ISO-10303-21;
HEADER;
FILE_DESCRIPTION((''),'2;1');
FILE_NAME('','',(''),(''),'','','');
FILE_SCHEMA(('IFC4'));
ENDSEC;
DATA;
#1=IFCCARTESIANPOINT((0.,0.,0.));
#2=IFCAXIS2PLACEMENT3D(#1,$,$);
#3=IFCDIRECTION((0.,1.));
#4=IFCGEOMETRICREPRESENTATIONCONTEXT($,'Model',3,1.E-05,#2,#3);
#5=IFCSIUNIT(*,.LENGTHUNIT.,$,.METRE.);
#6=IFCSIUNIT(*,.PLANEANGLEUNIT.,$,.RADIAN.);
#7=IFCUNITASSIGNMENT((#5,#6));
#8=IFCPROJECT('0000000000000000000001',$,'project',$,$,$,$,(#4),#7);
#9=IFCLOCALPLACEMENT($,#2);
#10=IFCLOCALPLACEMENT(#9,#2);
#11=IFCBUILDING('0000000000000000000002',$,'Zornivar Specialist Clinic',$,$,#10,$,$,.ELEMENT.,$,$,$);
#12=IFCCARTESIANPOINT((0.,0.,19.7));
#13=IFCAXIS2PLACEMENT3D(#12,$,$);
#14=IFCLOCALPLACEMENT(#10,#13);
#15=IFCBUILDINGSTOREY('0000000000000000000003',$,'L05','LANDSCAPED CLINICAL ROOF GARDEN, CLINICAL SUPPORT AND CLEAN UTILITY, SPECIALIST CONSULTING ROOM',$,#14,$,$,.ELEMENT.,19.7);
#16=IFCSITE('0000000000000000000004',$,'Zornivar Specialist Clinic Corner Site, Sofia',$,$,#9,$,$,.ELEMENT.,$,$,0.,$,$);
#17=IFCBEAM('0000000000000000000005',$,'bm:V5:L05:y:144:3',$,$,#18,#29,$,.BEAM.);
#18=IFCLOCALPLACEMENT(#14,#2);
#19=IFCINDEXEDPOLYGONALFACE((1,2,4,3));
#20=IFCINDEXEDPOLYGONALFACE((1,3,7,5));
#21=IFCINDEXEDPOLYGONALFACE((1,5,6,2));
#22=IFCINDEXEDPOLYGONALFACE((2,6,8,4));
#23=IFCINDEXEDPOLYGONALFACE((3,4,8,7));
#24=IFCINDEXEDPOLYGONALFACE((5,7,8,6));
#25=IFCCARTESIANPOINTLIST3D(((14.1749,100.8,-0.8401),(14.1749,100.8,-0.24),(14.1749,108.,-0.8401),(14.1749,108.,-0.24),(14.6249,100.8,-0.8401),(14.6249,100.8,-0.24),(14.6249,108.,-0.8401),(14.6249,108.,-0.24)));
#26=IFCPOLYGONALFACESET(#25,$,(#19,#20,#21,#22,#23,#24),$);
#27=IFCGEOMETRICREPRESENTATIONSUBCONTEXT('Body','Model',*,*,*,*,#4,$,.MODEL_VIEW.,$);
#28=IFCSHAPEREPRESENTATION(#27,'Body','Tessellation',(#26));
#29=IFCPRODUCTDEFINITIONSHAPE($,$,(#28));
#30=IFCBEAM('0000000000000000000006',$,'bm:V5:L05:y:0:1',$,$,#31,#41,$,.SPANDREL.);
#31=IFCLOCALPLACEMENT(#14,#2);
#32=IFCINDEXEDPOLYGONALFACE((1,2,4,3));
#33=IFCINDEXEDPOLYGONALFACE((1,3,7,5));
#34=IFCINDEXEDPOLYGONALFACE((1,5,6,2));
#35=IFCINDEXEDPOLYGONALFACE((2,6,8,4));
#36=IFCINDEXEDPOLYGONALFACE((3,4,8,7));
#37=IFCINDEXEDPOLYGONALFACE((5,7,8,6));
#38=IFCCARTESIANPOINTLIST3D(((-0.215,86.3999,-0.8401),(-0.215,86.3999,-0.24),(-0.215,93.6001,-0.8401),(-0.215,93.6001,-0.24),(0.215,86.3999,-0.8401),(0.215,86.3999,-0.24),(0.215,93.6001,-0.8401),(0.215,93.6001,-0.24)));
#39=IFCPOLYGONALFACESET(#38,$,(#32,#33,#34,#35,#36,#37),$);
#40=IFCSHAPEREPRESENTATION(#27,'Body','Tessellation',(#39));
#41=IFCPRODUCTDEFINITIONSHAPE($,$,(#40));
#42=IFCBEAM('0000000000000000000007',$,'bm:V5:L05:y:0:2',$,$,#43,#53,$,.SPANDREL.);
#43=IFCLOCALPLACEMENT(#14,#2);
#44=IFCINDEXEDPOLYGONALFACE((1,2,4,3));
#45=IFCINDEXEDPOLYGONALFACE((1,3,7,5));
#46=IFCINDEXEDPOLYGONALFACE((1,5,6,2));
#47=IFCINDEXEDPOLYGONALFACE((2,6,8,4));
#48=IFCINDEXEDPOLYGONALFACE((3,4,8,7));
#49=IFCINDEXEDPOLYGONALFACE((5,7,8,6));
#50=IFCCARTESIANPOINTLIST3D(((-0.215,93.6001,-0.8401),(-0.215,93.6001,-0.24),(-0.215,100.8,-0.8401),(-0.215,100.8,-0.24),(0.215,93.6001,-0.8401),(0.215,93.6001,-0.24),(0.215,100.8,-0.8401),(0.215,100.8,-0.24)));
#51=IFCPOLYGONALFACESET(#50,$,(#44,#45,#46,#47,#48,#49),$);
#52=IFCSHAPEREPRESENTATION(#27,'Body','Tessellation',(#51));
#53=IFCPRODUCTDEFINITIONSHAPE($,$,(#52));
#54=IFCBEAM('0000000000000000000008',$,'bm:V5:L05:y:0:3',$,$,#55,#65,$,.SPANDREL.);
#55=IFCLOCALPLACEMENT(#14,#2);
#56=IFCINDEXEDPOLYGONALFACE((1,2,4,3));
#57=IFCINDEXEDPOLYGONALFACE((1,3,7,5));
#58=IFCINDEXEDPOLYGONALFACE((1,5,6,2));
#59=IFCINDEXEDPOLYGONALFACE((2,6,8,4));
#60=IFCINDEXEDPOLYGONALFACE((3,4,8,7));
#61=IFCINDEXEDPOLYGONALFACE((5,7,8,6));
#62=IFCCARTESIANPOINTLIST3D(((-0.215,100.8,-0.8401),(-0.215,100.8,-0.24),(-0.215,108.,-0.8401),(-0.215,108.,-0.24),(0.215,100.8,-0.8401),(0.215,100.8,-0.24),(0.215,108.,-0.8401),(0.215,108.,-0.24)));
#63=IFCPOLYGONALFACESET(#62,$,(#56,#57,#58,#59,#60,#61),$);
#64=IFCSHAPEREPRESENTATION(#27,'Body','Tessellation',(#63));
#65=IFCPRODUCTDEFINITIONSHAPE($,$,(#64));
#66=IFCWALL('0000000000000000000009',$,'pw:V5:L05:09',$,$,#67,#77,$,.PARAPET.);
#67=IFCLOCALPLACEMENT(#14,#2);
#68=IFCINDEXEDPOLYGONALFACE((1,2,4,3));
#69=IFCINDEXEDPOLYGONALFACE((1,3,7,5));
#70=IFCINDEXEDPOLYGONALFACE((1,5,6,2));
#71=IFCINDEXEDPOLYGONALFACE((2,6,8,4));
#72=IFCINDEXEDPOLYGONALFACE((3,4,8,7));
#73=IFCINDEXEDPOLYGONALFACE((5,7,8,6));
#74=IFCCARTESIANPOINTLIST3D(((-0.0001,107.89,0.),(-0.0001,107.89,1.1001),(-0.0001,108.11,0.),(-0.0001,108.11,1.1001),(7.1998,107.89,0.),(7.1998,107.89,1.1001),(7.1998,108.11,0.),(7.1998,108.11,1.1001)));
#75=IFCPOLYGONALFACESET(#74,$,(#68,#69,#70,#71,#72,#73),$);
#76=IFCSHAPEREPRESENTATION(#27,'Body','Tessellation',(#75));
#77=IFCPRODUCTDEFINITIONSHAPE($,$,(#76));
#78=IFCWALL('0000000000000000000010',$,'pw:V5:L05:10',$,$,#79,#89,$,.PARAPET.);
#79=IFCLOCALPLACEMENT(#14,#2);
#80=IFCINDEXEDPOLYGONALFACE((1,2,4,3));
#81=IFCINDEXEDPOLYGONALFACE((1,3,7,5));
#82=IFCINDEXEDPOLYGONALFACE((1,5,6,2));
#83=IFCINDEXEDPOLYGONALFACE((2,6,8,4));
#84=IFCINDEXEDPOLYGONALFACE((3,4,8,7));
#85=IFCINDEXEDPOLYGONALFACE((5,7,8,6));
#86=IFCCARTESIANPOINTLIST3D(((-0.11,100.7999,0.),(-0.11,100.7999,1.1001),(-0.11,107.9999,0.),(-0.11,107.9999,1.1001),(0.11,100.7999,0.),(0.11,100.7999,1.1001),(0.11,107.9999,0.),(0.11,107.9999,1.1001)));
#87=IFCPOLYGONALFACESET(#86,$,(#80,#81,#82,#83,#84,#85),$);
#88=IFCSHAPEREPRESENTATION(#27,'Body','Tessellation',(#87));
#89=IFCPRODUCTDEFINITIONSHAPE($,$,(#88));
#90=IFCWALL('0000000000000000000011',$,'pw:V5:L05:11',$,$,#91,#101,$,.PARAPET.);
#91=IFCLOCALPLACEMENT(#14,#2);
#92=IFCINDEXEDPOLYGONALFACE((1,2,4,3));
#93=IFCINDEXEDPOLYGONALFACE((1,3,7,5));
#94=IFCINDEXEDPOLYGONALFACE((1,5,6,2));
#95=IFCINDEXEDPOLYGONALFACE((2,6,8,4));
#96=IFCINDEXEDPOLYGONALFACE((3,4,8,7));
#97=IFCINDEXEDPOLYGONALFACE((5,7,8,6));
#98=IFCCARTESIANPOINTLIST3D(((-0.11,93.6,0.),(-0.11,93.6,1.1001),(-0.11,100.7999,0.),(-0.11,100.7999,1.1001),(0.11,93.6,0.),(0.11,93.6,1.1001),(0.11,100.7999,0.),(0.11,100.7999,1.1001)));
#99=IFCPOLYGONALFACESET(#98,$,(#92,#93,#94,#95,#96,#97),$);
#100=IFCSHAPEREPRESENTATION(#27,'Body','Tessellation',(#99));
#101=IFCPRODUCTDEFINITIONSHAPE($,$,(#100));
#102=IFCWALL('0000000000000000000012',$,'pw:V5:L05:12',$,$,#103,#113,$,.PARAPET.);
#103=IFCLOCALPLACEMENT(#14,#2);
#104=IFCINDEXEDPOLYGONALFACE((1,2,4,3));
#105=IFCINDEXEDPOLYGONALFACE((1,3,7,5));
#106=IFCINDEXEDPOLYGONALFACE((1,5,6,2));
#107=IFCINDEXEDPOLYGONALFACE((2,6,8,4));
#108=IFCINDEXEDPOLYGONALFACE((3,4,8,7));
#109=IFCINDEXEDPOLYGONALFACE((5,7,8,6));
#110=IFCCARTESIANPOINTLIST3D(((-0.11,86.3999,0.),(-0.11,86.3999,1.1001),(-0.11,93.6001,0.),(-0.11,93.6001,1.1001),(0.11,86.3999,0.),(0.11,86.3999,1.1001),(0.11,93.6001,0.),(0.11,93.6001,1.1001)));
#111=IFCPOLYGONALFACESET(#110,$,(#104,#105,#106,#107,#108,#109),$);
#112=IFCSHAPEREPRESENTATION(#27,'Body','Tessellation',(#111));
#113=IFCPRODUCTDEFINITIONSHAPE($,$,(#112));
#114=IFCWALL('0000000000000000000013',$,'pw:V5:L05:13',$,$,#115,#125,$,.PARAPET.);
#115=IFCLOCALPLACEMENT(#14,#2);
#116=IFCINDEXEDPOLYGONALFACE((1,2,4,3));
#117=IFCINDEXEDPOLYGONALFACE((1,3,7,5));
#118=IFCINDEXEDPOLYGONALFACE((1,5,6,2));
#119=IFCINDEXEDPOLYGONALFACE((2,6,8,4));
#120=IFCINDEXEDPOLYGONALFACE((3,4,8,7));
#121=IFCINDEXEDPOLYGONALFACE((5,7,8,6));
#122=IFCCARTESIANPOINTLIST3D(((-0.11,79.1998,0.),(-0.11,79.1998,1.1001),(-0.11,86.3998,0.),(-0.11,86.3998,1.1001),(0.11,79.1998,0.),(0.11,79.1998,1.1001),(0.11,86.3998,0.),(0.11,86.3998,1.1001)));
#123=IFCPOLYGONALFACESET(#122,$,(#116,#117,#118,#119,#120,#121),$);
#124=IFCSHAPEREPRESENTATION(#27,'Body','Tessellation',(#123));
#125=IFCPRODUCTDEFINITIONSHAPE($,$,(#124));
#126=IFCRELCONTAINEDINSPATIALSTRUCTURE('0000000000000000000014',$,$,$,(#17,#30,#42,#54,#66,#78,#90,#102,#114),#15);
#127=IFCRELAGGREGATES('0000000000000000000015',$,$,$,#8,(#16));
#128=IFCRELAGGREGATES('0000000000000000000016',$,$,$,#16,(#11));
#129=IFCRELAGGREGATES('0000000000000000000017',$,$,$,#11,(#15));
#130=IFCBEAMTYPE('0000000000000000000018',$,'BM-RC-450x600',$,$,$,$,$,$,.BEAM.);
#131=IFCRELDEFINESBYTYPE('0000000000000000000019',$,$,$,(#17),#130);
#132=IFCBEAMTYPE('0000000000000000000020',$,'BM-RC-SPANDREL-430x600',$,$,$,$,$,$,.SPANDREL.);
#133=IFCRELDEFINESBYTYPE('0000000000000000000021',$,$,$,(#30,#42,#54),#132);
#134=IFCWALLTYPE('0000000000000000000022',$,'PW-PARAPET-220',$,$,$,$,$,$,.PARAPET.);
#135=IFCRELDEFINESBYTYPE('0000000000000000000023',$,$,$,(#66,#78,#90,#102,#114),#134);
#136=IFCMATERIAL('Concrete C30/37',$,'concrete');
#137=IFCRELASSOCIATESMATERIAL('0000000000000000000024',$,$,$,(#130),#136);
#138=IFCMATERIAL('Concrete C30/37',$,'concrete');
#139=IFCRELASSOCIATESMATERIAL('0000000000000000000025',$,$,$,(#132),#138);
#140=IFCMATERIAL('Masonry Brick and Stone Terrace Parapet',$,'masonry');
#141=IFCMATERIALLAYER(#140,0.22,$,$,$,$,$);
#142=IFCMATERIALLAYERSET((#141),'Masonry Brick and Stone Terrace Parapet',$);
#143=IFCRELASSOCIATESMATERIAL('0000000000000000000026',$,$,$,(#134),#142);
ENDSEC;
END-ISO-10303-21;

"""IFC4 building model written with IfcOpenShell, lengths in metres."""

from ifc_helpers import new_model, si_unit, direction, frame, frame_2d, origin, origin_2d, place, context, subcontext, project, spatial, rectangle, extrude, material, layer, layer_set, material_profile, profile_set, type_object, element, save


model = new_model("IFC4")

# Units and contexts
model_context = context("Model", 3, precision=1e-05, world=origin(), true_north=direction((0.0, 1.0)))
body_context = subcontext(model_context, "Body", "Model", "MODEL_VIEW")
ifc_project = project(units=[si_unit("LENGTHUNIT", "METRE"), si_unit("PLANEANGLEUNIT", "RADIAN")], contexts=[model_context])

# Site, building, storey
site_placement = place(None, origin())
site = spatial("IfcSite", under=ifc_project, at=site_placement, Name="Zornivar Specialist Clinic Corner Site, Sofia", CompositionType="ELEMENT", RefElevation=0.0)
building_placement = place(site_placement, origin())
building = spatial("IfcBuilding", under=site, at=building_placement, Name="Zornivar Specialist Clinic", CompositionType="ELEMENT")
storey_placement = place(building_placement, frame((0.0, 0.0, 19.7)))
storey = spatial("IfcBuildingStorey", under=building, at=storey_placement, Name="L05", Description="LANDSCAPED CLINICAL ROOF GARDEN, CLINICAL SUPPORT AND CLEAN UTILITY, SPECIALIST CONSULTING ROOM", CompositionType="ELEMENT", Elevation=19.7)

# Beams
ifc_material_1 = material(Name="Concrete C30/37", Category="concrete")
ifc_material_profile_1 = material_profile(ifc_material_1, rectangle(XDim=0.45, YDim=0.6001, at=origin_2d()), Name="RC 450x600")
ifc_profile_set_1 = profile_set([ifc_material_profile_1], Name="Concrete C30/37")
beam_type_1 = type_object("IfcBeamType", Name="BM-RC-450x600", PredefinedType="BEAM", material=ifc_profile_set_1)
for number, where, z_axis, x_axis, name in (
    (1, (14.3999, 100.8, -0.54), (0.0, 1.0, 0.0), (-1.0, 0.0, 0.0), "bm:V5:L05:y:144:3"),
):
    element("IfcBeam", number, at=place(storey_placement, frame(where, z_axis=z_axis, x_axis=x_axis)), inside=storey, type_object=beam_type_1, Name=name, PredefinedType="BEAM", context=body_context, shape_type="SweptSolid", body=[
        extrude(rectangle(XDim=0.45, YDim=0.6001, at=origin_2d()), origin(), (0.0, 0.0, 1.0), 7.2),
    ])
ifc_material_2 = material(Name="Concrete C30/37", Category="concrete")
ifc_material_profile_2 = material_profile(ifc_material_2, rectangle(XDim=0.4299, YDim=0.6001, at=origin_2d()), Name="RC 430x600")
ifc_profile_set_2 = profile_set([ifc_material_profile_2], Name="Concrete C30/37")
beam_type_2 = type_object("IfcBeamType", Name="BM-RC-SPANDREL-430x600", PredefinedType="SPANDREL", material=ifc_profile_set_2)
beam_1_placement = place(storey_placement, frame((0.0, 86.3999, -0.54), z_axis=(0.0, 1.0, 0.0), x_axis=(-1.0, 0.0, 0.0)))
element("IfcBeam", 2, at=beam_1_placement, inside=storey, type_object=beam_type_2, Name="bm:V5:L05:y:0:1", PredefinedType="SPANDREL", context=body_context, shape_type="SweptSolid", body=[
    extrude(rectangle(XDim=0.4299, YDim=0.6001, at=origin_2d()), origin(), (0.0, 0.0, 1.0), 7.2002),
])
for number, where, z_axis, x_axis, name in (
    (3, (0.0, 93.6001, -0.54), (0.0, 1.0, 0.0), (-1.0, 0.0, 0.0), "bm:V5:L05:y:0:2"),
    (4, (0.0, 100.8, -0.54), (0.0, 1.0, 0.0), (-1.0, 0.0, 0.0), "bm:V5:L05:y:0:3"),
):
    element("IfcBeam", number, at=place(storey_placement, frame(where, z_axis=z_axis, x_axis=x_axis)), inside=storey, type_object=beam_type_2, Name=name, PredefinedType="SPANDREL", context=body_context, shape_type="SweptSolid", body=[
        extrude(rectangle(XDim=0.4299, YDim=0.6001, at=origin_2d()), origin(), (0.0, 0.0, 1.0), 7.2),
    ])

# Walls
ifc_material_3 = material(Name="Masonry Brick and Stone Terrace Parapet", Category="masonry")
ifc_layer = layer(ifc_material_3, 0.22)
ifc_layer_set = layer_set([ifc_layer], Name="Masonry Brick and Stone Terrace Parapet")
wall_type = type_object("IfcWallType", Name="PW-PARAPET-220", PredefinedType="PARAPET", material=ifc_layer_set)
for number, where, z_axis, x_axis, name in (
    (5, (7.2, 108.0, 0.0), (0.0, 0.0, 1.0), (-1.0, 0.0, 0.0), "pw:V5:L05:09"),
    (6, (0.0, 108.0, 0.0), (0.0, 0.0, 1.0), (0.0, -1.0, 0.0), "pw:V5:L05:10"),
    (7, (0.0, 100.8, 0.0), (0.0, 0.0, 1.0), (0.0, -1.0, 0.0), "pw:V5:L05:11"),
):
    element("IfcWall", number, at=place(storey_placement, frame(where, z_axis=z_axis, x_axis=x_axis)), inside=storey, type_object=wall_type, Name=name, PredefinedType="PARAPET", context=body_context, shape_type="SweptSolid", body=[
        extrude(rectangle(XDim=7.2, YDim=0.22, at=frame_2d((3.6001, 0.0))), origin(), (0.0, 0.0, 1.0), 1.1001),
    ])
wall_1_placement = place(storey_placement, frame((0.0, 93.6001, 0.0), z_axis=(0.0, 0.0, 1.0), x_axis=(0.0, -1.0, 0.0)))
element("IfcWall", 8, at=wall_1_placement, inside=storey, type_object=wall_type, Name="pw:V5:L05:12", PredefinedType="PARAPET", context=body_context, shape_type="SweptSolid", body=[
    extrude(rectangle(XDim=7.2002, YDim=0.22, at=frame_2d((3.6001, 0.0))), origin(), (0.0, 0.0, 1.0), 1.1001),
])
wall_2_placement = place(storey_placement, frame((0.0, 86.3999, 0.0), z_axis=(0.0, 0.0, 1.0), x_axis=(0.0, -1.0, 0.0)))
element("IfcWall", 9, at=wall_2_placement, inside=storey, type_object=wall_type, Name="pw:V5:L05:13", PredefinedType="PARAPET", context=body_context, shape_type="SweptSolid", body=[
    extrude(rectangle(XDim=7.2, YDim=0.22, at=frame_2d((3.6001, 0.0))), origin(), (0.0, 0.0, 1.0), 1.1001),
])

save(model, "model.ifc")
